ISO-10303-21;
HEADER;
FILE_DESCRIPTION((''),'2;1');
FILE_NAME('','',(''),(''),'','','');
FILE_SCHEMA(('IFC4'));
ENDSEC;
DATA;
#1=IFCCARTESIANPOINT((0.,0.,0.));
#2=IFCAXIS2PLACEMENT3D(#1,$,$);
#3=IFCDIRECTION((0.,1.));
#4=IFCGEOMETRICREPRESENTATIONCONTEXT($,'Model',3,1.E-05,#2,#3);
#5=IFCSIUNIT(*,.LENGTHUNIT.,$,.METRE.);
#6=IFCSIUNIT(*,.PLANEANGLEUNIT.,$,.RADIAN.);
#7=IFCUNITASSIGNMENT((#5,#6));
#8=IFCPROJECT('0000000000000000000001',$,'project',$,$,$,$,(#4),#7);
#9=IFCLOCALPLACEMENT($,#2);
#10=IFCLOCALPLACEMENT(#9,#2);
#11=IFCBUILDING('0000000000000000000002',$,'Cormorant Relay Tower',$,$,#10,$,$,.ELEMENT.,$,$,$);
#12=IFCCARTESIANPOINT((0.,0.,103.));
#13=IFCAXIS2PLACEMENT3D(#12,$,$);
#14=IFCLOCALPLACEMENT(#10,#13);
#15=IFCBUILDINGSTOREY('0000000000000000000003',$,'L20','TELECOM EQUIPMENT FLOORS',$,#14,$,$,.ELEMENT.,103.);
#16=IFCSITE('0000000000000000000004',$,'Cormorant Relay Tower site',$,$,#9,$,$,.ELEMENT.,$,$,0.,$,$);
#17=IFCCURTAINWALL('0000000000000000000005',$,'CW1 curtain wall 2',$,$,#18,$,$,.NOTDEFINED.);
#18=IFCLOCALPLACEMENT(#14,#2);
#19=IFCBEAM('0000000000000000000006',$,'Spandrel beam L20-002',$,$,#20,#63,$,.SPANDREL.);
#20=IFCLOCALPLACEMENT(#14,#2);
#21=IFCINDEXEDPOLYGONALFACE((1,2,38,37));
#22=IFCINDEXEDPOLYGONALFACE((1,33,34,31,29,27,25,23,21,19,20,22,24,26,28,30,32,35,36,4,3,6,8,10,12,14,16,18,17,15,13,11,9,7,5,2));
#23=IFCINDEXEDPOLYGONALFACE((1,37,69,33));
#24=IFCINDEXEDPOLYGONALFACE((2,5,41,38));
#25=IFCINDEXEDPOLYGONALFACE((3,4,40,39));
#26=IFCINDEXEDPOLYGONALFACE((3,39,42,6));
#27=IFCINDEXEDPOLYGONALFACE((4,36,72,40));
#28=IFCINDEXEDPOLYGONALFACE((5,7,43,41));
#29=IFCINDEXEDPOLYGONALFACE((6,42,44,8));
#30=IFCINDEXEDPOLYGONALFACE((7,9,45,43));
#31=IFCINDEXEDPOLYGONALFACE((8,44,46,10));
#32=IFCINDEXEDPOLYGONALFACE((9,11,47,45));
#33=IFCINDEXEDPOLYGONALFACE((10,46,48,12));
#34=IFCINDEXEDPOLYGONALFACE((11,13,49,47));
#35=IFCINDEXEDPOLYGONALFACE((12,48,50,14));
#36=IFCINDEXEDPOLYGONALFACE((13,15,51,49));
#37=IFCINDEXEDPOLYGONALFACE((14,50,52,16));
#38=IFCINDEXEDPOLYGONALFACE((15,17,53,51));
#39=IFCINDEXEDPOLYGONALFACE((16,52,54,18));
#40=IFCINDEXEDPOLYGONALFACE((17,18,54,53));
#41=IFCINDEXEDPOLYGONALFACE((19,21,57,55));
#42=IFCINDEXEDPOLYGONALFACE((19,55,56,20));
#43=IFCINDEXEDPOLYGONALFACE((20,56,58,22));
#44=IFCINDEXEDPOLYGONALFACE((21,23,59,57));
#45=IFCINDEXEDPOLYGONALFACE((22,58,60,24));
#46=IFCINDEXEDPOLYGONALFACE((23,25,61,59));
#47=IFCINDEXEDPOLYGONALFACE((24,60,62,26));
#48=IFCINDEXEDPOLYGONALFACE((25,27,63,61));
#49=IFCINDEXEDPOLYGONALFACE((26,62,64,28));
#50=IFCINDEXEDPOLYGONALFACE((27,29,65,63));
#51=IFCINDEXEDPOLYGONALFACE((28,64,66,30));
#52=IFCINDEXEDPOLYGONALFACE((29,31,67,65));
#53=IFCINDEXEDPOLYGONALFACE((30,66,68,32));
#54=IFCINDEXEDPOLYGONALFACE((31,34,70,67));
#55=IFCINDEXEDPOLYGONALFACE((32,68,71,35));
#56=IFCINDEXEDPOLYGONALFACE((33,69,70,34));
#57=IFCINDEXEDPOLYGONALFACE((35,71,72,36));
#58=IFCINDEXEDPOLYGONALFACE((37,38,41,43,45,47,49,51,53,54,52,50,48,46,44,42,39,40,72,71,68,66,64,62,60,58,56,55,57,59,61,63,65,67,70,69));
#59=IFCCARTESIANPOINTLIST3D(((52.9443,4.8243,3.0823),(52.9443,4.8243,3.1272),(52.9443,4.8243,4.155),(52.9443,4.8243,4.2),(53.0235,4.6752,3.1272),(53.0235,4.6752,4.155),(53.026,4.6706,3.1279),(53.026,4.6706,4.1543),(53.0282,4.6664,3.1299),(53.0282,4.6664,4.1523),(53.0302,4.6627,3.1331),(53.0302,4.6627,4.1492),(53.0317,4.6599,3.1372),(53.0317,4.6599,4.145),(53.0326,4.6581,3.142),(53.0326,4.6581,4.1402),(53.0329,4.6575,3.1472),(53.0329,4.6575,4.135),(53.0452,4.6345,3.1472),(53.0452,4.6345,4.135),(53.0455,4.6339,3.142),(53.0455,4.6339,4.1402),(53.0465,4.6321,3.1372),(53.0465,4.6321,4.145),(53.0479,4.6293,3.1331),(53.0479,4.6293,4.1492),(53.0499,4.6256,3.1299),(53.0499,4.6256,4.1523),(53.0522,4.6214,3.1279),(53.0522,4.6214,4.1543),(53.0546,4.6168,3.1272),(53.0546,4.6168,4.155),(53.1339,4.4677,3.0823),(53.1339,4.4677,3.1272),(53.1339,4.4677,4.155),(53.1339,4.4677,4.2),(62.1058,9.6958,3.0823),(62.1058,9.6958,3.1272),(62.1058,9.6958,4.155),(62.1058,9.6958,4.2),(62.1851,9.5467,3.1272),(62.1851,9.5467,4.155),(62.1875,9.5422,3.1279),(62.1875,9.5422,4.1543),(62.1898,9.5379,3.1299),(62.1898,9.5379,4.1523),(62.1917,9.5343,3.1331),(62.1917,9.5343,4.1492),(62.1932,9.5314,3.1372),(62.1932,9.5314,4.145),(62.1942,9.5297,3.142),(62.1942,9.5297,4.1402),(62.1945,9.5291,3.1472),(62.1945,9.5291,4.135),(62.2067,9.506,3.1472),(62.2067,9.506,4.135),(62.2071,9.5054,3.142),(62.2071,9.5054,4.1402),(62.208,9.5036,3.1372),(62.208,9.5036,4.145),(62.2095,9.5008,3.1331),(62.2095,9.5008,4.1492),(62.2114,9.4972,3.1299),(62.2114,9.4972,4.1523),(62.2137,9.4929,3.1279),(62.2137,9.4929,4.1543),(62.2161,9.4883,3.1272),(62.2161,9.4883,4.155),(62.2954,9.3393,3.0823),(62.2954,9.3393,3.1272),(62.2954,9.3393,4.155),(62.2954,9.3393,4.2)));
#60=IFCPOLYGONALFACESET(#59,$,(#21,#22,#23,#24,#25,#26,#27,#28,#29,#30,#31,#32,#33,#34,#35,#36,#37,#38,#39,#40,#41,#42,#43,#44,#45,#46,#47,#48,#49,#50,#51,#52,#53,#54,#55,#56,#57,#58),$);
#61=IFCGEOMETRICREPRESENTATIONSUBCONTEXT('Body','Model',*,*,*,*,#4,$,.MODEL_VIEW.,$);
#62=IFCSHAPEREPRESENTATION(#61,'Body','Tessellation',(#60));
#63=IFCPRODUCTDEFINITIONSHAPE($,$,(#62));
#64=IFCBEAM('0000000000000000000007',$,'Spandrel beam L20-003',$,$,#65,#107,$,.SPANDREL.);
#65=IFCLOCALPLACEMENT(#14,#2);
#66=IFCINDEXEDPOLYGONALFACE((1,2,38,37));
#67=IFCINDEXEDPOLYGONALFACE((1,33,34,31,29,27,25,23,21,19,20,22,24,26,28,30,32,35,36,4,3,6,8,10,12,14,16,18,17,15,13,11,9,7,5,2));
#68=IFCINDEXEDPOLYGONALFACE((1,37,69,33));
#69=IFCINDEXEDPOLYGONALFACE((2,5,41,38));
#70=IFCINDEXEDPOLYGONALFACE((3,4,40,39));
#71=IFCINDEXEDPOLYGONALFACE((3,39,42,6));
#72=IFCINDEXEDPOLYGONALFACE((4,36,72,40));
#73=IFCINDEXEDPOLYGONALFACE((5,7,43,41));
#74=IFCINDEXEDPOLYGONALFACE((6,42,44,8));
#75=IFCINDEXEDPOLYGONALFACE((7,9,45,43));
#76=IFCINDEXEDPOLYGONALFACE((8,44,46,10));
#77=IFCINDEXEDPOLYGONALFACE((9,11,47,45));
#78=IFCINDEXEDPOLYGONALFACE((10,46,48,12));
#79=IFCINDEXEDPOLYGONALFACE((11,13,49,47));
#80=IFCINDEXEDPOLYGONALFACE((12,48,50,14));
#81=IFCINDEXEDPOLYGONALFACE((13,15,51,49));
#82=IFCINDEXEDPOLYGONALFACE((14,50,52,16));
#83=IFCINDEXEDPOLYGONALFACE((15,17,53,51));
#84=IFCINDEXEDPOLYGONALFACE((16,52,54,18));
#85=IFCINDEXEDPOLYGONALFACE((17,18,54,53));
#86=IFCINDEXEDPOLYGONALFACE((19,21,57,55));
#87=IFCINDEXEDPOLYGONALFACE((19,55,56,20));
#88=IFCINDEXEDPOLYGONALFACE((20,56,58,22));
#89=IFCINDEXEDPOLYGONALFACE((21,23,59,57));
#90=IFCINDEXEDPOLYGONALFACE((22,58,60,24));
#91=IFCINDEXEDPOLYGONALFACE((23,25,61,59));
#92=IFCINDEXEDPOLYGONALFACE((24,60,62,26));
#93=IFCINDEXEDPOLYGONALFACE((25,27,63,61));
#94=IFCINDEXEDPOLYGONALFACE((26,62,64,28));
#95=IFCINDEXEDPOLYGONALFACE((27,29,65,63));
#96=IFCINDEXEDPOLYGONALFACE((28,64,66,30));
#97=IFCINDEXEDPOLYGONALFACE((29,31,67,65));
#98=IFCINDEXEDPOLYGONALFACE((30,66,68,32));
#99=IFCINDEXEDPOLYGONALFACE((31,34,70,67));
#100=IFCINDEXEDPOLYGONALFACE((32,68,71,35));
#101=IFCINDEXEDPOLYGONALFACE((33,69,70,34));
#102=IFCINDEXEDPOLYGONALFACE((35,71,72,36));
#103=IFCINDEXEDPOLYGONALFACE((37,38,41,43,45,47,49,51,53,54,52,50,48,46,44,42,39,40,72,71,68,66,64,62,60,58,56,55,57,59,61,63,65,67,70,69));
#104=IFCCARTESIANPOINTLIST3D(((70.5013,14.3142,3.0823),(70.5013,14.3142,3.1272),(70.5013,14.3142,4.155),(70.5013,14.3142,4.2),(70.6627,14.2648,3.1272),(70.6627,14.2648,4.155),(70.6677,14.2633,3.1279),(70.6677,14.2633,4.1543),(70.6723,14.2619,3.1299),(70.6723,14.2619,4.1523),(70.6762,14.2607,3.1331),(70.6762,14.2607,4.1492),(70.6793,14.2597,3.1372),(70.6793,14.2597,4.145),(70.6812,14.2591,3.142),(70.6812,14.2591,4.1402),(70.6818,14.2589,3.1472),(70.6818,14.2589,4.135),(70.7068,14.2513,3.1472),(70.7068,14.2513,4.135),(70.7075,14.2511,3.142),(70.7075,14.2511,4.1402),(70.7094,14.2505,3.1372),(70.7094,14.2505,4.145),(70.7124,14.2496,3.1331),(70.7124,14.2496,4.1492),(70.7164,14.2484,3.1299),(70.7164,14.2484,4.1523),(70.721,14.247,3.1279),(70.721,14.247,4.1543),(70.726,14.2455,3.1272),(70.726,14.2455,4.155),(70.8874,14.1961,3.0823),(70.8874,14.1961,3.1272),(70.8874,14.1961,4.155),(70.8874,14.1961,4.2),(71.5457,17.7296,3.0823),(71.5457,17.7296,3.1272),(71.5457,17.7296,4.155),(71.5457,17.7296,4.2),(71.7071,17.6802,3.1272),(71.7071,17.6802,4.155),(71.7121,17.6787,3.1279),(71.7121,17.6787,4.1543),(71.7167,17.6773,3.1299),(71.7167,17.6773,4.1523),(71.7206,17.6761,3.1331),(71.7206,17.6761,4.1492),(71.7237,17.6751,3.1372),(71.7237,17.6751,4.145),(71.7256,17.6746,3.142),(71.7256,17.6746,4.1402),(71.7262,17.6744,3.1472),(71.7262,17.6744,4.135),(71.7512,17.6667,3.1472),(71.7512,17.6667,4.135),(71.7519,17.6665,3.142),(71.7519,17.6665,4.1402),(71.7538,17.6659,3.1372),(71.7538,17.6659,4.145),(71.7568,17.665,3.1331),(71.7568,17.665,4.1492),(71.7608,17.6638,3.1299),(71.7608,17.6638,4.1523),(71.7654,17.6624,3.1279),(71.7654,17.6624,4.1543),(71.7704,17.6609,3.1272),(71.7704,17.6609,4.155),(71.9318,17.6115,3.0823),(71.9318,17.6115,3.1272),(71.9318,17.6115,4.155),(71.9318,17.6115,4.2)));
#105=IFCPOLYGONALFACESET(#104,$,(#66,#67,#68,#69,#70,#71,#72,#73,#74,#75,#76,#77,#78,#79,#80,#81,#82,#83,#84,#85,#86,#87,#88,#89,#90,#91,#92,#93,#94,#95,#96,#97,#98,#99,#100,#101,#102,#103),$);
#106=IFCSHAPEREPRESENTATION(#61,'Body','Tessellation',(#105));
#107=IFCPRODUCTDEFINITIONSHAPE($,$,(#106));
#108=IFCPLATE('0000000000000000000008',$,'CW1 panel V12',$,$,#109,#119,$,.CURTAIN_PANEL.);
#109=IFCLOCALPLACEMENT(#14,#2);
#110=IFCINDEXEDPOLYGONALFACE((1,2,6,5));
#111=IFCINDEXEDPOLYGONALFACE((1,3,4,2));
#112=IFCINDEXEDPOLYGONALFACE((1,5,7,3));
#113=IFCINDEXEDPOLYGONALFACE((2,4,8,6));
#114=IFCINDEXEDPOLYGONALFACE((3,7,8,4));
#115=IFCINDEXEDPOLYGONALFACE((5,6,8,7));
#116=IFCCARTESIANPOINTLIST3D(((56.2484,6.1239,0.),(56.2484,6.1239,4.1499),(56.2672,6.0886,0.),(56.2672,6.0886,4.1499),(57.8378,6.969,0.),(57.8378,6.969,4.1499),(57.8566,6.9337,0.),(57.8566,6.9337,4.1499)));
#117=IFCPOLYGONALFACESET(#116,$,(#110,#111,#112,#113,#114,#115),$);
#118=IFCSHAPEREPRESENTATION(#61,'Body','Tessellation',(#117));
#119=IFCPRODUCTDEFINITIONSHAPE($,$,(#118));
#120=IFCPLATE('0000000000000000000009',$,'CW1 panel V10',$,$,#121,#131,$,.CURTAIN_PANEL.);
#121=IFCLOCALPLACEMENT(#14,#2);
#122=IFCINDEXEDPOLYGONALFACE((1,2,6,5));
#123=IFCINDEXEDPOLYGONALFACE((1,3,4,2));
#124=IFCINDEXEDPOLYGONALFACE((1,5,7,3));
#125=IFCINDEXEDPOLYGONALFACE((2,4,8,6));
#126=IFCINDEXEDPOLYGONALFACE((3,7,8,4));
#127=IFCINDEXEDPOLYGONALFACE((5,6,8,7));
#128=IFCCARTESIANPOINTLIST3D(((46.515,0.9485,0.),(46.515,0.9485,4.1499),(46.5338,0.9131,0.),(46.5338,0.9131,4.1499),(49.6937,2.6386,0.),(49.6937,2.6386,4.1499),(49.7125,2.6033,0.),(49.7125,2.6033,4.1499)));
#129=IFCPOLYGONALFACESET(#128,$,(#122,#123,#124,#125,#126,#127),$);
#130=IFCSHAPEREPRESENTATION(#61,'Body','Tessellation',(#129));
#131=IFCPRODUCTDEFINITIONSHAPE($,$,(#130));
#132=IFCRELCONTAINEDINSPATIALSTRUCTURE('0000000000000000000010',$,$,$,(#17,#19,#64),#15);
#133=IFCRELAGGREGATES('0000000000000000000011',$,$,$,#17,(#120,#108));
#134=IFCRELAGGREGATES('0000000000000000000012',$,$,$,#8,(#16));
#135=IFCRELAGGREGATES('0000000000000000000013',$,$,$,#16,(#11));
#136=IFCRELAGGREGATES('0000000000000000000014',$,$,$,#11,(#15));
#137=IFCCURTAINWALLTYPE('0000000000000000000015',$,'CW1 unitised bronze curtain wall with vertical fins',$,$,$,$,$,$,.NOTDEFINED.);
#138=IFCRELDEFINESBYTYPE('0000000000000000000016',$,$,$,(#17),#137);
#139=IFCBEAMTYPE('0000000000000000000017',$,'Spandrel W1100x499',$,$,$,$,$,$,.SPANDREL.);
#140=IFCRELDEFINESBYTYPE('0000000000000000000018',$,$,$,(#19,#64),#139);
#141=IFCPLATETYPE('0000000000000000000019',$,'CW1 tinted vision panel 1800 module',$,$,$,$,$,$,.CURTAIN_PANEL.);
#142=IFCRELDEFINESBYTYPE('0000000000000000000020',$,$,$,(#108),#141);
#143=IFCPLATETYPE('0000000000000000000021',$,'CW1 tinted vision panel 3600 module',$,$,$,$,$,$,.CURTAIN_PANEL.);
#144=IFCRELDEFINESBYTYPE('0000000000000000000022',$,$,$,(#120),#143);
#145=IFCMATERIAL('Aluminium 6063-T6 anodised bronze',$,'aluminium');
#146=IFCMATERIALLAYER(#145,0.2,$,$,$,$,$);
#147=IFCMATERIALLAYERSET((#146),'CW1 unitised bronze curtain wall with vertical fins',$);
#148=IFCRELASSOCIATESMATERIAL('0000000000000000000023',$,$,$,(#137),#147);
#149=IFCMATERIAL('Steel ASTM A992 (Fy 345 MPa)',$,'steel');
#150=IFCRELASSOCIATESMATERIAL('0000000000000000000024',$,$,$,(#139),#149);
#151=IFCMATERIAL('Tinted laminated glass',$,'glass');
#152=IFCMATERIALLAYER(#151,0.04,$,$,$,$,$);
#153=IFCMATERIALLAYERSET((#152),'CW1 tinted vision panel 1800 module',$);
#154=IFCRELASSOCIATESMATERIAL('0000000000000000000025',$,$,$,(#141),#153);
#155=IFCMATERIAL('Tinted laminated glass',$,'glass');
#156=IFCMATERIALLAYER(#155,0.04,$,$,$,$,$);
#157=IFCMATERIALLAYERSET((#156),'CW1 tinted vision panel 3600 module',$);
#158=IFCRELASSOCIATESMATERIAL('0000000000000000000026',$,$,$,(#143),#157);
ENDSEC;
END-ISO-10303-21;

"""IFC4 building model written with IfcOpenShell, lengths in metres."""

from ifc_helpers import new_model, si_unit, direction, frame, origin, origin_2d, place, context, subcontext, project, spatial, rectangle, i_section, extrude, material, layer, layer_set, material_profile, profile_set, type_object, element, aggregate, save


model = new_model("IFC4")

# Units and contexts
model_context = context("Model", 3, precision=1e-05, world=origin(), true_north=direction((0.0, 1.0)))
body_context = subcontext(model_context, "Body", "Model", "MODEL_VIEW")
ifc_project = project(units=[si_unit("LENGTHUNIT", "METRE"), si_unit("PLANEANGLEUNIT", "RADIAN")], contexts=[model_context])

# Site, building, storey
site_placement = place(None, origin())
site = spatial("IfcSite", under=ifc_project, at=site_placement, Name="Cormorant Relay Tower site", CompositionType="ELEMENT", RefElevation=0.0)
building_placement = place(site_placement, origin())
building = spatial("IfcBuilding", under=site, at=building_placement, Name="Cormorant Relay Tower", CompositionType="ELEMENT")
storey_placement = place(building_placement, frame((0.0, 0.0, 103.0)))
storey = spatial("IfcBuildingStorey", under=building, at=storey_placement, Name="L20", Description="TELECOM EQUIPMENT FLOORS", CompositionType="ELEMENT", Elevation=103.0)

# Curtain wall
ifc_material_1 = material(Name="Aluminium 6063-T6 anodised bronze", Category="aluminium")
ifc_layer_1 = layer(ifc_material_1, 0.2)
ifc_layer_set_1 = layer_set([ifc_layer_1], Name="CW1 unitised bronze curtain wall with vertical fins")
curtain_wall_type = type_object("IfcCurtainWallType", Name="CW1 unitised bronze curtain wall with vertical fins", PredefinedType="NOTDEFINED", material=ifc_layer_set_1)
curtain_wall_1_placement = place(storey_placement, origin())
curtain_wall_1 = element("IfcCurtainWall", 1, at=curtain_wall_1_placement, inside=storey, type_object=curtain_wall_type, Name="CW1 curtain wall 2", PredefinedType="NOTDEFINED")

# Beams
ifc_material_2 = material(Name="Steel ASTM A992 (Fy 345 MPa)", Category="steel")
ifc_material_profile_1 = material_profile(ifc_material_2, i_section(OverallWidth=0.4038, OverallDepth=1.1177, WebThickness=0.0261, FlangeThickness=0.0449, FilletRadius=0.02, at=origin_2d()), Name="W1100x499")
ifc_profile_set_1 = profile_set([ifc_material_profile_1], Name="Steel ASTM A992 (Fy 345 MPa)")
beam_type = type_object("IfcBeamType", Name="Spandrel W1100x499", PredefinedType="SPANDREL", material=ifc_profile_set_1)
beam_1_placement = place(storey_placement, frame((53.0391, 4.646, 3.6411), z_axis=(0.882937, 0.469491, 0.0), x_axis=(-0.469491, 0.882937, 0.0)))
element("IfcBeam", 2, at=beam_1_placement, inside=storey, type_object=beam_type, Name="Spandrel beam L20-002", PredefinedType="SPANDREL", context=body_context, shape_type="SweptSolid", body=[
    extrude(i_section(OverallWidth=0.4038, OverallDepth=1.1177, WebThickness=0.0261, FlangeThickness=0.0449, FilletRadius=0.02, at=origin_2d()), origin(), (0.0, 0.0, 1.0), 10.3762),
])
beam_2_placement = place(storey_placement, frame((70.6943, 14.2551, 3.6411), z_axis=(0.292423, 0.956289, 0.0), x_axis=(-0.956289, 0.292423, 0.0)))
element("IfcBeam", 3, at=beam_2_placement, inside=storey, type_object=beam_type, Name="Spandrel beam L20-003", PredefinedType="SPANDREL", context=body_context, shape_type="SweptSolid", body=[
    extrude(i_section(OverallWidth=0.4038, OverallDepth=1.1177, WebThickness=0.0261, FlangeThickness=0.0449, FilletRadius=0.02, at=origin_2d()), origin(), (0.0, 0.0, 1.0), 3.5715),
])

# Plates
ifc_material_3 = material(Name="Tinted laminated glass", Category="glass")
ifc_layer_2 = layer(ifc_material_3, 0.04)
ifc_layer_set_2 = layer_set([ifc_layer_2], Name="CW1 tinted vision panel 1800 module")
plate_type_1 = type_object("IfcPlateType", Name="CW1 tinted vision panel 1800 module", PredefinedType="CURTAIN_PANEL", material=ifc_layer_set_2)
plate_1_placement = place(storey_placement, frame((57.0525, 6.5288, 0.0), z_axis=(0.0, 0.0, 1.0), x_axis=(0.882948, 0.469472, 0.0)))
plate_1 = element("IfcPlate", 4, at=plate_1_placement, type_object=plate_type_1, Name="CW1 panel V12", PredefinedType="CURTAIN_PANEL", context=body_context, shape_type="SweptSolid", body=[
    extrude(rectangle(XDim=1.8, YDim=0.04, at=origin_2d()), origin(), (0.0, 0.0, 1.0), 4.1499),
])
ifc_material_4 = material(Name="Tinted laminated glass", Category="glass")
ifc_layer_3 = layer(ifc_material_4, 0.04)
ifc_layer_set_3 = layer_set([ifc_layer_3], Name="CW1 tinted vision panel 3600 module")
plate_type_2 = type_object("IfcPlateType", Name="CW1 tinted vision panel 3600 module", PredefinedType="CURTAIN_PANEL", material=ifc_layer_set_3)
plate_2_placement = place(storey_placement, frame((48.1138, 1.7759, 0.0), z_axis=(0.0, 0.0, 1.0), x_axis=(0.882948, 0.469472, 0.0)))
plate_2 = element("IfcPlate", 5, at=plate_2_placement, type_object=plate_type_2, Name="CW1 panel V10", PredefinedType="CURTAIN_PANEL", context=body_context, shape_type="SweptSolid", body=[
    extrude(rectangle(XDim=3.6001, YDim=0.04, at=origin_2d()), origin(), (0.0, 0.0, 1.0), 4.1499),
])

aggregate(curtain_wall_1, [plate_2, plate_1])

save(model, "model.ifc")
